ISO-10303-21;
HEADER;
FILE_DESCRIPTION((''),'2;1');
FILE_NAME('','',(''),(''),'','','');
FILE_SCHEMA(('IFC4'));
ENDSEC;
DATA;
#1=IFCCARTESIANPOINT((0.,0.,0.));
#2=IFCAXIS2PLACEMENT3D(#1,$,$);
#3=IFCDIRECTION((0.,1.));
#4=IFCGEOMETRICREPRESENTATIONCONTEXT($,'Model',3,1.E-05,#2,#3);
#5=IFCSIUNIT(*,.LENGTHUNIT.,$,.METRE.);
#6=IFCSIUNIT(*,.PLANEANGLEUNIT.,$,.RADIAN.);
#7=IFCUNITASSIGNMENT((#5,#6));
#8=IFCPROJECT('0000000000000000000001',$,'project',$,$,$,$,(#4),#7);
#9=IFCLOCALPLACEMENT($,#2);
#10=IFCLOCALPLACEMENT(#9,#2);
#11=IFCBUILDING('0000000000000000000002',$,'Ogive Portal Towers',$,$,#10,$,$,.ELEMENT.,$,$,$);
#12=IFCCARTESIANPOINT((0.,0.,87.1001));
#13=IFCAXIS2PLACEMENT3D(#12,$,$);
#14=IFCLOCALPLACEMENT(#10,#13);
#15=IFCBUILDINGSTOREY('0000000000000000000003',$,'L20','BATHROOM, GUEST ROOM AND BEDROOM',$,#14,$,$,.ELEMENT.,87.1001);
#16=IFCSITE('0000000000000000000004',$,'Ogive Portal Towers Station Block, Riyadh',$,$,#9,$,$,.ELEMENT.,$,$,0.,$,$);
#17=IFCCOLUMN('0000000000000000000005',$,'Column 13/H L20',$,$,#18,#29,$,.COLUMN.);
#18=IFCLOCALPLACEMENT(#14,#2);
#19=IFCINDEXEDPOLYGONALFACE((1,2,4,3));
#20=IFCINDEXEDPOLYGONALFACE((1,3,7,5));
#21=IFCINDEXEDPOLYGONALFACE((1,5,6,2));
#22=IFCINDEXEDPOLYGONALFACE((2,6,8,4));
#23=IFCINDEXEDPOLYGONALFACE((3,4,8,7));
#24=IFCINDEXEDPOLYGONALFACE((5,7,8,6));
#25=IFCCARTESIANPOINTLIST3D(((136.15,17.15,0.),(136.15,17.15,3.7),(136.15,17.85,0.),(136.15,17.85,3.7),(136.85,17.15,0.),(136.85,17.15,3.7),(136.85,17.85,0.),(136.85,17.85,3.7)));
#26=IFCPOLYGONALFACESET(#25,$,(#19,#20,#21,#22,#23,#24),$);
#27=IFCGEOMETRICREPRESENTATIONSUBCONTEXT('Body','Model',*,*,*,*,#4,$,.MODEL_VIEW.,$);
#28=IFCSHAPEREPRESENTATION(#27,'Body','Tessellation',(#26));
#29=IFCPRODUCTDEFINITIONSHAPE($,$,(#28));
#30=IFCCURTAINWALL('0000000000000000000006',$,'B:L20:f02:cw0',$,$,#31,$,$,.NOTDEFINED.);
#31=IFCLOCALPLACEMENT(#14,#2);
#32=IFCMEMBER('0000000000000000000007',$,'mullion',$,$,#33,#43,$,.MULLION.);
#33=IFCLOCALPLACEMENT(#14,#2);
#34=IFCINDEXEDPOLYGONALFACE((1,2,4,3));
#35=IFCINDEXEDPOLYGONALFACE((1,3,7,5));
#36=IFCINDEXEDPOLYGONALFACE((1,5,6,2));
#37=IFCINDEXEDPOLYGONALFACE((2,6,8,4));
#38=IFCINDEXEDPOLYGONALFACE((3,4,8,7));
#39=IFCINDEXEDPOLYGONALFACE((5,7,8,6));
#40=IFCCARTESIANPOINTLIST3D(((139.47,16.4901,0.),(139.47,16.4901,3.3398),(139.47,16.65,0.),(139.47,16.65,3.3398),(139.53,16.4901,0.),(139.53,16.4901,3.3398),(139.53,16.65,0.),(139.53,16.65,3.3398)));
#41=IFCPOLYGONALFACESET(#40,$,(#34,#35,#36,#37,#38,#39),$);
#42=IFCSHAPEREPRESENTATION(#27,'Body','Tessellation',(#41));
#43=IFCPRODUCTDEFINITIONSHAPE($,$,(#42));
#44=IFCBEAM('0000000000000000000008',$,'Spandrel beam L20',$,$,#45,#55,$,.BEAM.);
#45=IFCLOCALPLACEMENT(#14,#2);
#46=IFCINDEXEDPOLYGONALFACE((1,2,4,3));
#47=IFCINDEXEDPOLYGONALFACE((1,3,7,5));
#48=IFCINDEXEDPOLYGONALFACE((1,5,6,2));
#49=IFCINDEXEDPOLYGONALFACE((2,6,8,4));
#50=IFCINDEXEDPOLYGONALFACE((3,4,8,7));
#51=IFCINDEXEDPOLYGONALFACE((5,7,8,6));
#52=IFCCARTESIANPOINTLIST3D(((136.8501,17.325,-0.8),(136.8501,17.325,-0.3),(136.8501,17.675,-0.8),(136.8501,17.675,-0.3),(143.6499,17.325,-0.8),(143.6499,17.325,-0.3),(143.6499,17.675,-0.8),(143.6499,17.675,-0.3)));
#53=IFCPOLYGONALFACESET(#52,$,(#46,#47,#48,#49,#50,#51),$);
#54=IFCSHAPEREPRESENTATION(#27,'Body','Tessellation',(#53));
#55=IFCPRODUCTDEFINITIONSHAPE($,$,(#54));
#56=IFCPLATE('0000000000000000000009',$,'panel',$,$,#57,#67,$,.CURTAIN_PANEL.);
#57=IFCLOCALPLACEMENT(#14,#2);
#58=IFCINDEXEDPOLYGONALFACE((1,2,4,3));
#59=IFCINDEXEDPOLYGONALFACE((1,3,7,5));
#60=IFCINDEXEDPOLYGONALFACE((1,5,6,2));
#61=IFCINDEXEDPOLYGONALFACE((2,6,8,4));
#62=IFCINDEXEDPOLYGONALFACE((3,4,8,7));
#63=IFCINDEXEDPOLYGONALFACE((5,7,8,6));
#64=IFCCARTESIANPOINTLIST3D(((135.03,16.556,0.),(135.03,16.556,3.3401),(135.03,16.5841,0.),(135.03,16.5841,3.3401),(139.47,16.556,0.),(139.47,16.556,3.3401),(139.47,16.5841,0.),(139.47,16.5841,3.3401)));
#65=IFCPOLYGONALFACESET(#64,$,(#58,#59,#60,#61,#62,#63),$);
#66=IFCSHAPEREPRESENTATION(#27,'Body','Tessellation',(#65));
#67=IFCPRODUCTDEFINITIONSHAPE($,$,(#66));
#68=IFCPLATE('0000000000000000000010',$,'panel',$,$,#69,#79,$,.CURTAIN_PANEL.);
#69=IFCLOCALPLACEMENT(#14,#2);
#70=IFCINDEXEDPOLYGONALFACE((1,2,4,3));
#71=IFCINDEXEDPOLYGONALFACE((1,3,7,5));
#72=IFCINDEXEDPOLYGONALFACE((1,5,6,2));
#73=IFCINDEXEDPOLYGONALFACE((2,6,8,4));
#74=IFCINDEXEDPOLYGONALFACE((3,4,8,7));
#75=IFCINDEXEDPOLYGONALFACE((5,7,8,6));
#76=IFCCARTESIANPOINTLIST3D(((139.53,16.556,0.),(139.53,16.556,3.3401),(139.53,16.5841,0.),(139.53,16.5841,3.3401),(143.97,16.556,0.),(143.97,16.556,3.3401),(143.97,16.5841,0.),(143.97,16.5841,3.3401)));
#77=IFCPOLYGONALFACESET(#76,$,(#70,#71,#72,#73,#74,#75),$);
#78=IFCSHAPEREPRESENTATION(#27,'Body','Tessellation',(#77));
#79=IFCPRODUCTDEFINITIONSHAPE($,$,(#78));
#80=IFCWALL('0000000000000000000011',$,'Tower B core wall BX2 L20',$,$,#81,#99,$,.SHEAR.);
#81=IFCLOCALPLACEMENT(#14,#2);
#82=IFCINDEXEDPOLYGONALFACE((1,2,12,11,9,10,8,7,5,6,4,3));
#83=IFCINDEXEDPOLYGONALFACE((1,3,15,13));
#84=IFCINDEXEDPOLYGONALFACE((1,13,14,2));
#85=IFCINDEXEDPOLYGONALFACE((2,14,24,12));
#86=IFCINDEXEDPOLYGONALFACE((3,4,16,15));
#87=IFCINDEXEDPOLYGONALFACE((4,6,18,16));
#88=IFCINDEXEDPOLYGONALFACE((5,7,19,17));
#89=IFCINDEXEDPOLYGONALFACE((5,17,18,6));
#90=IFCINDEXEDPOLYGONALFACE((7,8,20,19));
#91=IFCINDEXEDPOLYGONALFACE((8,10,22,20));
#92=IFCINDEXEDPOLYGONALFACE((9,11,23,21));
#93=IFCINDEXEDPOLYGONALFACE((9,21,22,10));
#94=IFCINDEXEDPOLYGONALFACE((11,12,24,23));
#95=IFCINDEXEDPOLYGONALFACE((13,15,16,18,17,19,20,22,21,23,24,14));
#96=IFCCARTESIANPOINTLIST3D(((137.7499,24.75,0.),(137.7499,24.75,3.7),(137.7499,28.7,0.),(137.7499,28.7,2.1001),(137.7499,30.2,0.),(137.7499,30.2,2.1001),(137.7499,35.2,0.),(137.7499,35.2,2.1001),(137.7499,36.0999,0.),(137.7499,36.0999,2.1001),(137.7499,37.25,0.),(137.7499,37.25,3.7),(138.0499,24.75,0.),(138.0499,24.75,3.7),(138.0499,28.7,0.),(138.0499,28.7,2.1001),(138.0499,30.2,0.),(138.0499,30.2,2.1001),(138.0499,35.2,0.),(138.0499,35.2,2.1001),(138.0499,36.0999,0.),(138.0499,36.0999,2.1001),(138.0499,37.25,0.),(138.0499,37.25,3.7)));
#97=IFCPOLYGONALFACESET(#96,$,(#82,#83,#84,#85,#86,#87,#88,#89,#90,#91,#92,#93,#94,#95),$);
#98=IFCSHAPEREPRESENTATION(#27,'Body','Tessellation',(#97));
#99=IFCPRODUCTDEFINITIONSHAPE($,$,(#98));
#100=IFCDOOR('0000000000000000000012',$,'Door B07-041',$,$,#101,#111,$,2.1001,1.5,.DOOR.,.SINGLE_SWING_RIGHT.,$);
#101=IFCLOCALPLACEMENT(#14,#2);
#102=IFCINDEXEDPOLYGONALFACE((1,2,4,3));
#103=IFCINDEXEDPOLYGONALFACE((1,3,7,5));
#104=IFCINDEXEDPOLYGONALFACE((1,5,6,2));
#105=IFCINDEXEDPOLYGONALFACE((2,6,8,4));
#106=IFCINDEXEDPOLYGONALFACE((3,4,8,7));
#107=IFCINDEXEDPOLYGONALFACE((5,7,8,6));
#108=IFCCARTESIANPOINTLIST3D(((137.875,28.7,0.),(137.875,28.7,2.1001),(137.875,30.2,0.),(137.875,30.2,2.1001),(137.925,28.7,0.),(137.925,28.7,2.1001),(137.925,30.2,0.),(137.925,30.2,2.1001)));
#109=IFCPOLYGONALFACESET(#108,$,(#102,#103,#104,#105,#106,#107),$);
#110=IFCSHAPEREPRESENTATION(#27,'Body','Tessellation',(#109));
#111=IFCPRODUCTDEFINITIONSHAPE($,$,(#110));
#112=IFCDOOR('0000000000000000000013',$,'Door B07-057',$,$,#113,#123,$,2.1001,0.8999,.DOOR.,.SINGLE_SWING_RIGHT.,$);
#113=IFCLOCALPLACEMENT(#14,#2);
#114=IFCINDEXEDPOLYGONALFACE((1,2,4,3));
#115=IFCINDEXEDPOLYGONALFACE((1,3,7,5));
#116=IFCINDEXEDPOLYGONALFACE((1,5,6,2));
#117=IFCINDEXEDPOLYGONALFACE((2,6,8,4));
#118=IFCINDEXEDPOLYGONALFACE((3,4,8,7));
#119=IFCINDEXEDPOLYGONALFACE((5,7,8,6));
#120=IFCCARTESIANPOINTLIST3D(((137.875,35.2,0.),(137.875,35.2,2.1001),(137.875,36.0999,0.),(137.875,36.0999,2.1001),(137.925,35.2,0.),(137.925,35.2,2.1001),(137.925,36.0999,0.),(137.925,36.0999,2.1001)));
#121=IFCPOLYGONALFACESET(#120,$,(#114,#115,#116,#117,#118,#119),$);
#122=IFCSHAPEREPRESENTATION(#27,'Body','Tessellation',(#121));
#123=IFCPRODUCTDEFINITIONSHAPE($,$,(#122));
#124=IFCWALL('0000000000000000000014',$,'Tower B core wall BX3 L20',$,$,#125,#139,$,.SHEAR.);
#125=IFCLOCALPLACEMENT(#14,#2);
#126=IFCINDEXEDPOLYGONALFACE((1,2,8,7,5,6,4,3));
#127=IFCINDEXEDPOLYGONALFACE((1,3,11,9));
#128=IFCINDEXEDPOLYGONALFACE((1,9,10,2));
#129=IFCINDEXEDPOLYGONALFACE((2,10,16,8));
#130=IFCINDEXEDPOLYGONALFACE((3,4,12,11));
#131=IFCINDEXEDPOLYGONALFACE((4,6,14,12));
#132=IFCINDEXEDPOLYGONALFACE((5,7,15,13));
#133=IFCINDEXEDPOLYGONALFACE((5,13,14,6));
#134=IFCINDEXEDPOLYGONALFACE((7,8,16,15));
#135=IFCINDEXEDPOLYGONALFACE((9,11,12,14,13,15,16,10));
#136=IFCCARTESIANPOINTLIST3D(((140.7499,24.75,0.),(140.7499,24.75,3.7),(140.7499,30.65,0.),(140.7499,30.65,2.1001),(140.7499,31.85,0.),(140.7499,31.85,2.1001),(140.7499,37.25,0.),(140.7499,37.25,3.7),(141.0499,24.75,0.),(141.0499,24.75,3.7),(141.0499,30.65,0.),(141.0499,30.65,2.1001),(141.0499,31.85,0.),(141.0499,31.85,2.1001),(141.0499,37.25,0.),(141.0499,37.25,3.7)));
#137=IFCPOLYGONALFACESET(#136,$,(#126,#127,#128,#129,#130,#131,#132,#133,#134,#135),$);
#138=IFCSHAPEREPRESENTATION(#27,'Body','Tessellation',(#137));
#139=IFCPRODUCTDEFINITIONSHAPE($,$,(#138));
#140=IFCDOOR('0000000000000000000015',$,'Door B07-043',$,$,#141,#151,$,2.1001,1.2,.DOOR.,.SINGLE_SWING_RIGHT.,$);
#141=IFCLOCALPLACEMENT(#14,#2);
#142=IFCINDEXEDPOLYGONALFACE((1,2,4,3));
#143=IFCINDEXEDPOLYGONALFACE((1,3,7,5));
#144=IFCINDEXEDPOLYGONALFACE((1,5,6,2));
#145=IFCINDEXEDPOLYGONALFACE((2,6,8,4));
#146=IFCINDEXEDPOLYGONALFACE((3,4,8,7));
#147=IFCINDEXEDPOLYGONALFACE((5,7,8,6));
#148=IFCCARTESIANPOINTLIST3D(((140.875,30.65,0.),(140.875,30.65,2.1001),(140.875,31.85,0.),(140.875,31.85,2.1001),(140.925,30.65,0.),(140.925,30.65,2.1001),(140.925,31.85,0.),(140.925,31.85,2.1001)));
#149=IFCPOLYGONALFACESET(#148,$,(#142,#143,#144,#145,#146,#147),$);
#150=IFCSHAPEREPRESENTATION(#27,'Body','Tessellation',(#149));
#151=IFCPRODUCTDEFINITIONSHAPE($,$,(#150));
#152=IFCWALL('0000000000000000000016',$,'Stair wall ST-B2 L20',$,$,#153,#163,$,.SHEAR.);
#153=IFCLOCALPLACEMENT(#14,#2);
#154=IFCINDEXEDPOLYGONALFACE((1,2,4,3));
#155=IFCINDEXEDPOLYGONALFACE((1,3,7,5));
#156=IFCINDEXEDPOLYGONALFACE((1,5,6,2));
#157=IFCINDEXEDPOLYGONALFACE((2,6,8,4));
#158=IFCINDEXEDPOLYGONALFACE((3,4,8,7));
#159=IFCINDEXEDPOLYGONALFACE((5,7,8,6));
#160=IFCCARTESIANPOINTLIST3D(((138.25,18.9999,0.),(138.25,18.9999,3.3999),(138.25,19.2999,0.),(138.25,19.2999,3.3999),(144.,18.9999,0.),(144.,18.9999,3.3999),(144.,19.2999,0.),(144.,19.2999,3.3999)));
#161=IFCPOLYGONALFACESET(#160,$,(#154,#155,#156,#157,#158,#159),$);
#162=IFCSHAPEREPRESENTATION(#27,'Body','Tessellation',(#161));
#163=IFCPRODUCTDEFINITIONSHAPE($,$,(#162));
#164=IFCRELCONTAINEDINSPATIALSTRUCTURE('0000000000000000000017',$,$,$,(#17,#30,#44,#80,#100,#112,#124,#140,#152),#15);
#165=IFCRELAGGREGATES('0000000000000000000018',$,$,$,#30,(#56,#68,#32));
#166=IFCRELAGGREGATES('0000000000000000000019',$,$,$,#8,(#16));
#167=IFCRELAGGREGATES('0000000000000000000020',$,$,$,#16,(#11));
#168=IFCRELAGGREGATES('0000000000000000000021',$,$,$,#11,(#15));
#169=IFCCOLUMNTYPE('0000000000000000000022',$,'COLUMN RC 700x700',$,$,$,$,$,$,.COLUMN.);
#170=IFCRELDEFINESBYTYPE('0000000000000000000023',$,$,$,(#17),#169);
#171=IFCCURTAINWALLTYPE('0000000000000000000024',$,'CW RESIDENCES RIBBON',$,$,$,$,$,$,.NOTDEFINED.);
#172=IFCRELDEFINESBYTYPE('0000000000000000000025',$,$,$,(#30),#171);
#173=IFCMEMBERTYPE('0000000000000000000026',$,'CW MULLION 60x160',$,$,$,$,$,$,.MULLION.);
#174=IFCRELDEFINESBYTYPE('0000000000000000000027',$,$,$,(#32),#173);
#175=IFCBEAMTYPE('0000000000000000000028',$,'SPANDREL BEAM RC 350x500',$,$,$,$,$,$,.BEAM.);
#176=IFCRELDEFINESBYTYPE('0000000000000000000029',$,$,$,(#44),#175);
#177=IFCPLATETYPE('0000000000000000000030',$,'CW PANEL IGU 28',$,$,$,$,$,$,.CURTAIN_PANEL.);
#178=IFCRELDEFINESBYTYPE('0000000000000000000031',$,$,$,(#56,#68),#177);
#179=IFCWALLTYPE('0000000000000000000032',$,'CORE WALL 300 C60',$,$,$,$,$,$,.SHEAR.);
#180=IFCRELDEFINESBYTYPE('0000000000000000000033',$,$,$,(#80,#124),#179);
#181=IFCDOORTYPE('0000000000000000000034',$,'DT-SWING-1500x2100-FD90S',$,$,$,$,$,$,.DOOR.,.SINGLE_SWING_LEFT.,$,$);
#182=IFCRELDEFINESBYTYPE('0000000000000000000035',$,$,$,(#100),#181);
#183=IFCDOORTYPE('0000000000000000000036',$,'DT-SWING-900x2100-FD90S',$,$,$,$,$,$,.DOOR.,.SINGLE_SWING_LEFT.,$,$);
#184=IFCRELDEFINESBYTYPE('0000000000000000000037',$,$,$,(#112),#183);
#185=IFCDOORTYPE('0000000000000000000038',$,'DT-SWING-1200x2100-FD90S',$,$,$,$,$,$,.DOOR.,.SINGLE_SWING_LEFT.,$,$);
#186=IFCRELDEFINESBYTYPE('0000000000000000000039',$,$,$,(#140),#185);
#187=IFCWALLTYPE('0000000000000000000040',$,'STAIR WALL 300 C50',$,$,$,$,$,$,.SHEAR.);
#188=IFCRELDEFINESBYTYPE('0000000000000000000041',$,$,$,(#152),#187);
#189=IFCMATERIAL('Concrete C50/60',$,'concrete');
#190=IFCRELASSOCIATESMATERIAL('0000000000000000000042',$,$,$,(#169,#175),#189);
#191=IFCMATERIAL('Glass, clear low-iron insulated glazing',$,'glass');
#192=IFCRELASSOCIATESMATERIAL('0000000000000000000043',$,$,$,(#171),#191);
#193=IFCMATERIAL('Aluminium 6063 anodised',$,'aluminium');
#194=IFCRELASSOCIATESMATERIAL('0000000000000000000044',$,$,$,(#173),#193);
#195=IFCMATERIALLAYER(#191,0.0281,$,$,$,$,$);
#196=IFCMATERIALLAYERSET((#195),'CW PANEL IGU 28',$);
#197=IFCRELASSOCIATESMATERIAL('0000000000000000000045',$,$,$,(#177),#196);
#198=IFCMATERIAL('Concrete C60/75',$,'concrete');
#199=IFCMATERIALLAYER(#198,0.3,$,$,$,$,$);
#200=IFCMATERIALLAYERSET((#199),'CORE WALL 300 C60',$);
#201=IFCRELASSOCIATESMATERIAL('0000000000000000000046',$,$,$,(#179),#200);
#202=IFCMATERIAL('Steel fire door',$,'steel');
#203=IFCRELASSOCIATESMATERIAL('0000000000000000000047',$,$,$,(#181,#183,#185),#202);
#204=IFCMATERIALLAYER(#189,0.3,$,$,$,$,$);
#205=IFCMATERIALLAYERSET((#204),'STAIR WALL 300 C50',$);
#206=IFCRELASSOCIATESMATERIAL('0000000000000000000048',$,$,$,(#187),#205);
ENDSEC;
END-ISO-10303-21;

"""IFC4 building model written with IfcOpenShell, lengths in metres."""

from ifc_helpers import new_model, si_unit, direction, frame, frame_2d, origin, origin_2d, place, context, subcontext, project, spatial, rectangle, extrude, material, layer, layer_set, material_profile, profile_set, type_object, element, fill, aggregate, save


model = new_model("IFC4")

# Units and contexts
model_context = context("Model", 3, precision=1e-05, world=origin(), true_north=direction((0.0, 1.0)))
body_context = subcontext(model_context, "Body", "Model", "MODEL_VIEW")
ifc_project = project(units=[si_unit("LENGTHUNIT", "METRE"), si_unit("PLANEANGLEUNIT", "RADIAN")], contexts=[model_context])

# Site, building, storey
site_placement = place(None, origin())
site = spatial("IfcSite", under=ifc_project, at=site_placement, Name="Ogive Portal Towers Station Block, Riyadh", CompositionType="ELEMENT", RefElevation=0.0)
building_placement = place(site_placement, origin())
building = spatial("IfcBuilding", under=site, at=building_placement, Name="Ogive Portal Towers", CompositionType="ELEMENT")
storey_placement = place(building_placement, frame((0.0, 0.0, 87.1001)))
storey = spatial("IfcBuildingStorey", under=building, at=storey_placement, Name="L20", Description="BATHROOM, GUEST ROOM AND BEDROOM", CompositionType="ELEMENT", Elevation=87.1001)

# Column
ifc_material_1 = material(Name="Concrete C50/60", Category="concrete")
ifc_material_profile_1 = material_profile(ifc_material_1, rectangle(XDim=0.7, YDim=0.7, at=origin_2d()), Name="RC 700x700")
ifc_profile_set_1 = profile_set([ifc_material_profile_1], Name="Concrete C50/60")
column_type = type_object("IfcColumnType", Name="COLUMN RC 700x700", PredefinedType="COLUMN", material=ifc_profile_set_1)
column_placement = place(storey_placement, frame((136.5, 17.5, 0.0), z_axis=(0.0, 0.0, 1.0), x_axis=(1.0, 0.0, 0.0)))
element("IfcColumn", 1, at=column_placement, inside=storey, type_object=column_type, Name="Column 13/H L20", PredefinedType="COLUMN", context=body_context, shape_type="SweptSolid", body=[
    extrude(rectangle(XDim=0.7, YDim=0.7, at=origin_2d()), origin(), (0.0, 0.0, 1.0), 3.7),
])

# Curtain wall, member
ifc_material_2 = material(Name="Glass, clear low-iron insulated glazing", Category="glass")
curtain_wall_type = type_object("IfcCurtainWallType", Name="CW RESIDENCES RIBBON", PredefinedType="NOTDEFINED", material=ifc_material_2)
curtain_wall_placement = place(storey_placement, origin())
curtain_wall = element("IfcCurtainWall", 2, at=curtain_wall_placement, inside=storey, type_object=curtain_wall_type, Name="B:L20:f02:cw0", PredefinedType="NOTDEFINED")
ifc_material_3 = material(Name="Aluminium 6063 anodised", Category="aluminium")
ifc_material_profile_2 = material_profile(ifc_material_3, rectangle(XDim=0.1599, YDim=0.0601, at=origin_2d()), Name="AL 60x160")
ifc_profile_set_2 = profile_set([ifc_material_profile_2], Name="Aluminium 6063 anodised")
member_type = type_object("IfcMemberType", Name="CW MULLION 60x160", PredefinedType="MULLION", material=ifc_profile_set_2)
member_placement = place(storey_placement, frame((139.5, 16.5701, 0.0), z_axis=(0.0, 0.0, 1.0), x_axis=(0.0, 1.0, 0.0)))
member = element("IfcMember", 3, at=member_placement, type_object=member_type, Name="mullion", PredefinedType="MULLION", context=body_context, shape_type="SweptSolid", body=[
    extrude(rectangle(XDim=0.1599, YDim=0.0601, at=origin_2d()), origin(), (0.0, 0.0, 1.0), 3.3398),
])

# Beam
ifc_material_profile_3 = material_profile(ifc_material_1, rectangle(XDim=0.3501, YDim=0.5, at=origin_2d()), Name="RC 350x500")
ifc_profile_set_3 = profile_set([ifc_material_profile_3], Name="Concrete C50/60")
beam_type = type_object("IfcBeamType", Name="SPANDREL BEAM RC 350x500", PredefinedType="BEAM", material=ifc_profile_set_3)
beam_placement = place(storey_placement, frame((136.8501, 17.5, -0.55), z_axis=(1.0, 0.0, 0.0), x_axis=(0.0, 1.0, 0.0)))
element("IfcBeam", 4, at=beam_placement, inside=storey, type_object=beam_type, Name="Spandrel beam L20", PredefinedType="BEAM", context=body_context, shape_type="SweptSolid", body=[
    extrude(rectangle(XDim=0.3501, YDim=0.5, at=origin_2d()), origin(), (0.0, 0.0, 1.0), 6.7998),
])

# Plates
ifc_layer_1 = layer(ifc_material_2, 0.0281)
ifc_layer_set_1 = layer_set([ifc_layer_1], Name="CW PANEL IGU 28")
plate_type = type_object("IfcPlateType", Name="CW PANEL IGU 28", PredefinedType="CURTAIN_PANEL", material=ifc_layer_set_1)
plate_1_placement = place(storey_placement, frame((137.25, 16.5701, 0.0), z_axis=(0.0, 0.0, 1.0), x_axis=(1.0, 0.0, 0.0)))
plate_1 = element("IfcPlate", 5, at=plate_1_placement, type_object=plate_type, Name="panel", PredefinedType="CURTAIN_PANEL", context=body_context, shape_type="SweptSolid", body=[
    extrude(rectangle(XDim=4.4399, YDim=0.0281, at=origin_2d()), origin(), (0.0, 0.0, 1.0), 3.3401),
])
plate_2_placement = place(storey_placement, frame((141.75, 16.5701, 0.0), z_axis=(0.0, 0.0, 1.0), x_axis=(1.0, 0.0, 0.0)))
plate_2 = element("IfcPlate", 6, at=plate_2_placement, type_object=plate_type, Name="panel", PredefinedType="CURTAIN_PANEL", context=body_context, shape_type="SweptSolid", body=[
    extrude(rectangle(XDim=4.4399, YDim=0.0281, at=origin_2d()), origin(), (0.0, 0.0, 1.0), 3.3401),
])
aggregate(curtain_wall, [plate_1, plate_2, member])

# Wall, openings, doors
ifc_material_4 = material(Name="Concrete C60/75", Category="concrete")
ifc_layer_2 = layer(ifc_material_4, 0.3)
ifc_layer_set_2 = layer_set([ifc_layer_2], Name="CORE WALL 300 C60")
wall_type_1 = type_object("IfcWallType", Name="CORE WALL 300 C60", PredefinedType="SHEAR", material=ifc_layer_set_2)
wall_1_placement = place(storey_placement, frame((137.8999, 24.75, 0.0), z_axis=(0.0, 0.0, 1.0), x_axis=(0.0, 1.0, 0.0)))
wall_1 = element("IfcWall", 7, at=wall_1_placement, inside=storey, type_object=wall_type_1, Name="Tower B core wall BX2 L20", PredefinedType="SHEAR", context=body_context, shape_type="SweptSolid", body=[
    extrude(rectangle(XDim=12.5, YDim=0.3, at=frame_2d((6.25, 0.0))), origin(), (0.0, 0.0, 1.0), 3.7),
])
opening_1_placement = place(wall_1_placement, frame((3.95, 0.0, 0.0)))
opening_1 = element("IfcOpeningElement", 8, at=opening_1_placement, cuts=wall_1, PredefinedType="OPENING", context=body_context, shape_type="SweptSolid", body=[
    extrude(rectangle(XDim=1.5, YDim=2.1001, at=frame_2d((0.75, 1.05))), frame((0.0, 0.1602, 0.0), z_axis=(0.0, -1.0, 0.0), x_axis=(1.0, 0.0, 0.0)), (0.0, 0.0, 1.0), 0.3201),
])
opening_2_placement = place(wall_1_placement, frame((10.45, 0.0, 0.0)))
opening_2 = element("IfcOpeningElement", 9, at=opening_2_placement, cuts=wall_1, PredefinedType="OPENING", context=body_context, shape_type="SweptSolid", body=[
    extrude(rectangle(XDim=0.8999, YDim=2.1001, at=frame_2d((0.45, 1.05))), frame((0.0, 0.1602, 0.0), z_axis=(0.0, -1.0, 0.0), x_axis=(1.0, 0.0, 0.0)), (0.0, 0.0, 1.0), 0.3201),
])
ifc_material_5 = material(Name="Steel fire door", Category="steel")
door_type_1 = type_object("IfcDoorType", Name="DT-SWING-1500x2100-FD90S", OperationType="SINGLE_SWING_LEFT", PredefinedType="DOOR", material=ifc_material_5)
door_1_placement = place(opening_1_placement, origin())
door_1 = element("IfcDoor", 10, at=door_1_placement, inside=storey, type_object=door_type_1, Name="Door B07-041", OperationType="SINGLE_SWING_RIGHT", OverallHeight=2.1001, OverallWidth=1.5, PredefinedType="DOOR", context=body_context, shape_type="SweptSolid", body=[
    extrude(rectangle(XDim=1.5, YDim=2.1001, at=frame_2d((0.75, 1.05))), frame((0.0, 0.0249, 0.0), z_axis=(0.0, -1.0, 0.0), x_axis=(1.0, 0.0, 0.0)), (0.0, 0.0, 1.0), 0.05),
])
fill(opening_1, door_1)
door_type_2 = type_object("IfcDoorType", Name="DT-SWING-900x2100-FD90S", OperationType="SINGLE_SWING_LEFT", PredefinedType="DOOR", material=ifc_material_5)
door_2_placement = place(opening_2_placement, origin())
door_2 = element("IfcDoor", 11, at=door_2_placement, inside=storey, type_object=door_type_2, Name="Door B07-057", OperationType="SINGLE_SWING_RIGHT", OverallHeight=2.1001, OverallWidth=0.8999, PredefinedType="DOOR", context=body_context, shape_type="SweptSolid", body=[
    extrude(rectangle(XDim=0.8999, YDim=2.1001, at=frame_2d((0.45, 1.05))), frame((0.0, 0.0249, 0.0), z_axis=(0.0, -1.0, 0.0), x_axis=(1.0, 0.0, 0.0)), (0.0, 0.0, 1.0), 0.05),
])
fill(opening_2, door_2)

# Wall, opening, door
wall_2_placement = place(storey_placement, frame((140.8999, 24.75, 0.0), z_axis=(0.0, 0.0, 1.0), x_axis=(0.0, 1.0, 0.0)))
wall_2 = element("IfcWall", 12, at=wall_2_placement, inside=storey, type_object=wall_type_1, Name="Tower B core wall BX3 L20", PredefinedType="SHEAR", context=body_context, shape_type="SweptSolid", body=[
    extrude(rectangle(XDim=12.5, YDim=0.3, at=frame_2d((6.25, 0.0))), origin(), (0.0, 0.0, 1.0), 3.7),
])
opening_3_placement = place(wall_2_placement, frame((5.8999, 0.0, 0.0)))
opening_3 = element("IfcOpeningElement", 13, at=opening_3_placement, cuts=wall_2, PredefinedType="OPENING", context=body_context, shape_type="SweptSolid", body=[
    extrude(rectangle(XDim=1.2, YDim=2.1001, at=frame_2d((0.6001, 1.05))), frame((0.0, 0.1602, 0.0), z_axis=(0.0, -1.0, 0.0), x_axis=(1.0, 0.0, 0.0)), (0.0, 0.0, 1.0), 0.3201),
])
door_type_3 = type_object("IfcDoorType", Name="DT-SWING-1200x2100-FD90S", OperationType="SINGLE_SWING_LEFT", PredefinedType="DOOR", material=ifc_material_5)
door_3_placement = place(opening_3_placement, origin())
door_3 = element("IfcDoor", 14, at=door_3_placement, inside=storey, type_object=door_type_3, Name="Door B07-043", OperationType="SINGLE_SWING_RIGHT", OverallHeight=2.1001, OverallWidth=1.2, PredefinedType="DOOR", context=body_context, shape_type="SweptSolid", body=[
    extrude(rectangle(XDim=1.2, YDim=2.1001, at=frame_2d((0.6001, 1.05))), frame((0.0, 0.0249, 0.0), z_axis=(0.0, -1.0, 0.0), x_axis=(1.0, 0.0, 0.0)), (0.0, 0.0, 1.0), 0.05),
])
fill(opening_3, door_3)

# Wall
ifc_layer_3 = layer(ifc_material_1, 0.3)
ifc_layer_set_3 = layer_set([ifc_layer_3], Name="STAIR WALL 300 C50")
wall_type_2 = type_object("IfcWallType", Name="STAIR WALL 300 C50", PredefinedType="SHEAR", material=ifc_layer_set_3)
wall_3_placement = place(storey_placement, frame((138.25, 19.1499, 0.0), z_axis=(0.0, 0.0, 1.0), x_axis=(1.0, 0.0, 0.0)))
element("IfcWall", 15, at=wall_3_placement, inside=storey, type_object=wall_type_2, Name="Stair wall ST-B2 L20", PredefinedType="SHEAR", context=body_context, shape_type="SweptSolid", body=[
    extrude(rectangle(XDim=5.75, YDim=0.3, at=frame_2d((2.875, 0.0))), origin(), (0.0, 0.0, 1.0), 3.3999),
])

save(model, "model.ifc")
